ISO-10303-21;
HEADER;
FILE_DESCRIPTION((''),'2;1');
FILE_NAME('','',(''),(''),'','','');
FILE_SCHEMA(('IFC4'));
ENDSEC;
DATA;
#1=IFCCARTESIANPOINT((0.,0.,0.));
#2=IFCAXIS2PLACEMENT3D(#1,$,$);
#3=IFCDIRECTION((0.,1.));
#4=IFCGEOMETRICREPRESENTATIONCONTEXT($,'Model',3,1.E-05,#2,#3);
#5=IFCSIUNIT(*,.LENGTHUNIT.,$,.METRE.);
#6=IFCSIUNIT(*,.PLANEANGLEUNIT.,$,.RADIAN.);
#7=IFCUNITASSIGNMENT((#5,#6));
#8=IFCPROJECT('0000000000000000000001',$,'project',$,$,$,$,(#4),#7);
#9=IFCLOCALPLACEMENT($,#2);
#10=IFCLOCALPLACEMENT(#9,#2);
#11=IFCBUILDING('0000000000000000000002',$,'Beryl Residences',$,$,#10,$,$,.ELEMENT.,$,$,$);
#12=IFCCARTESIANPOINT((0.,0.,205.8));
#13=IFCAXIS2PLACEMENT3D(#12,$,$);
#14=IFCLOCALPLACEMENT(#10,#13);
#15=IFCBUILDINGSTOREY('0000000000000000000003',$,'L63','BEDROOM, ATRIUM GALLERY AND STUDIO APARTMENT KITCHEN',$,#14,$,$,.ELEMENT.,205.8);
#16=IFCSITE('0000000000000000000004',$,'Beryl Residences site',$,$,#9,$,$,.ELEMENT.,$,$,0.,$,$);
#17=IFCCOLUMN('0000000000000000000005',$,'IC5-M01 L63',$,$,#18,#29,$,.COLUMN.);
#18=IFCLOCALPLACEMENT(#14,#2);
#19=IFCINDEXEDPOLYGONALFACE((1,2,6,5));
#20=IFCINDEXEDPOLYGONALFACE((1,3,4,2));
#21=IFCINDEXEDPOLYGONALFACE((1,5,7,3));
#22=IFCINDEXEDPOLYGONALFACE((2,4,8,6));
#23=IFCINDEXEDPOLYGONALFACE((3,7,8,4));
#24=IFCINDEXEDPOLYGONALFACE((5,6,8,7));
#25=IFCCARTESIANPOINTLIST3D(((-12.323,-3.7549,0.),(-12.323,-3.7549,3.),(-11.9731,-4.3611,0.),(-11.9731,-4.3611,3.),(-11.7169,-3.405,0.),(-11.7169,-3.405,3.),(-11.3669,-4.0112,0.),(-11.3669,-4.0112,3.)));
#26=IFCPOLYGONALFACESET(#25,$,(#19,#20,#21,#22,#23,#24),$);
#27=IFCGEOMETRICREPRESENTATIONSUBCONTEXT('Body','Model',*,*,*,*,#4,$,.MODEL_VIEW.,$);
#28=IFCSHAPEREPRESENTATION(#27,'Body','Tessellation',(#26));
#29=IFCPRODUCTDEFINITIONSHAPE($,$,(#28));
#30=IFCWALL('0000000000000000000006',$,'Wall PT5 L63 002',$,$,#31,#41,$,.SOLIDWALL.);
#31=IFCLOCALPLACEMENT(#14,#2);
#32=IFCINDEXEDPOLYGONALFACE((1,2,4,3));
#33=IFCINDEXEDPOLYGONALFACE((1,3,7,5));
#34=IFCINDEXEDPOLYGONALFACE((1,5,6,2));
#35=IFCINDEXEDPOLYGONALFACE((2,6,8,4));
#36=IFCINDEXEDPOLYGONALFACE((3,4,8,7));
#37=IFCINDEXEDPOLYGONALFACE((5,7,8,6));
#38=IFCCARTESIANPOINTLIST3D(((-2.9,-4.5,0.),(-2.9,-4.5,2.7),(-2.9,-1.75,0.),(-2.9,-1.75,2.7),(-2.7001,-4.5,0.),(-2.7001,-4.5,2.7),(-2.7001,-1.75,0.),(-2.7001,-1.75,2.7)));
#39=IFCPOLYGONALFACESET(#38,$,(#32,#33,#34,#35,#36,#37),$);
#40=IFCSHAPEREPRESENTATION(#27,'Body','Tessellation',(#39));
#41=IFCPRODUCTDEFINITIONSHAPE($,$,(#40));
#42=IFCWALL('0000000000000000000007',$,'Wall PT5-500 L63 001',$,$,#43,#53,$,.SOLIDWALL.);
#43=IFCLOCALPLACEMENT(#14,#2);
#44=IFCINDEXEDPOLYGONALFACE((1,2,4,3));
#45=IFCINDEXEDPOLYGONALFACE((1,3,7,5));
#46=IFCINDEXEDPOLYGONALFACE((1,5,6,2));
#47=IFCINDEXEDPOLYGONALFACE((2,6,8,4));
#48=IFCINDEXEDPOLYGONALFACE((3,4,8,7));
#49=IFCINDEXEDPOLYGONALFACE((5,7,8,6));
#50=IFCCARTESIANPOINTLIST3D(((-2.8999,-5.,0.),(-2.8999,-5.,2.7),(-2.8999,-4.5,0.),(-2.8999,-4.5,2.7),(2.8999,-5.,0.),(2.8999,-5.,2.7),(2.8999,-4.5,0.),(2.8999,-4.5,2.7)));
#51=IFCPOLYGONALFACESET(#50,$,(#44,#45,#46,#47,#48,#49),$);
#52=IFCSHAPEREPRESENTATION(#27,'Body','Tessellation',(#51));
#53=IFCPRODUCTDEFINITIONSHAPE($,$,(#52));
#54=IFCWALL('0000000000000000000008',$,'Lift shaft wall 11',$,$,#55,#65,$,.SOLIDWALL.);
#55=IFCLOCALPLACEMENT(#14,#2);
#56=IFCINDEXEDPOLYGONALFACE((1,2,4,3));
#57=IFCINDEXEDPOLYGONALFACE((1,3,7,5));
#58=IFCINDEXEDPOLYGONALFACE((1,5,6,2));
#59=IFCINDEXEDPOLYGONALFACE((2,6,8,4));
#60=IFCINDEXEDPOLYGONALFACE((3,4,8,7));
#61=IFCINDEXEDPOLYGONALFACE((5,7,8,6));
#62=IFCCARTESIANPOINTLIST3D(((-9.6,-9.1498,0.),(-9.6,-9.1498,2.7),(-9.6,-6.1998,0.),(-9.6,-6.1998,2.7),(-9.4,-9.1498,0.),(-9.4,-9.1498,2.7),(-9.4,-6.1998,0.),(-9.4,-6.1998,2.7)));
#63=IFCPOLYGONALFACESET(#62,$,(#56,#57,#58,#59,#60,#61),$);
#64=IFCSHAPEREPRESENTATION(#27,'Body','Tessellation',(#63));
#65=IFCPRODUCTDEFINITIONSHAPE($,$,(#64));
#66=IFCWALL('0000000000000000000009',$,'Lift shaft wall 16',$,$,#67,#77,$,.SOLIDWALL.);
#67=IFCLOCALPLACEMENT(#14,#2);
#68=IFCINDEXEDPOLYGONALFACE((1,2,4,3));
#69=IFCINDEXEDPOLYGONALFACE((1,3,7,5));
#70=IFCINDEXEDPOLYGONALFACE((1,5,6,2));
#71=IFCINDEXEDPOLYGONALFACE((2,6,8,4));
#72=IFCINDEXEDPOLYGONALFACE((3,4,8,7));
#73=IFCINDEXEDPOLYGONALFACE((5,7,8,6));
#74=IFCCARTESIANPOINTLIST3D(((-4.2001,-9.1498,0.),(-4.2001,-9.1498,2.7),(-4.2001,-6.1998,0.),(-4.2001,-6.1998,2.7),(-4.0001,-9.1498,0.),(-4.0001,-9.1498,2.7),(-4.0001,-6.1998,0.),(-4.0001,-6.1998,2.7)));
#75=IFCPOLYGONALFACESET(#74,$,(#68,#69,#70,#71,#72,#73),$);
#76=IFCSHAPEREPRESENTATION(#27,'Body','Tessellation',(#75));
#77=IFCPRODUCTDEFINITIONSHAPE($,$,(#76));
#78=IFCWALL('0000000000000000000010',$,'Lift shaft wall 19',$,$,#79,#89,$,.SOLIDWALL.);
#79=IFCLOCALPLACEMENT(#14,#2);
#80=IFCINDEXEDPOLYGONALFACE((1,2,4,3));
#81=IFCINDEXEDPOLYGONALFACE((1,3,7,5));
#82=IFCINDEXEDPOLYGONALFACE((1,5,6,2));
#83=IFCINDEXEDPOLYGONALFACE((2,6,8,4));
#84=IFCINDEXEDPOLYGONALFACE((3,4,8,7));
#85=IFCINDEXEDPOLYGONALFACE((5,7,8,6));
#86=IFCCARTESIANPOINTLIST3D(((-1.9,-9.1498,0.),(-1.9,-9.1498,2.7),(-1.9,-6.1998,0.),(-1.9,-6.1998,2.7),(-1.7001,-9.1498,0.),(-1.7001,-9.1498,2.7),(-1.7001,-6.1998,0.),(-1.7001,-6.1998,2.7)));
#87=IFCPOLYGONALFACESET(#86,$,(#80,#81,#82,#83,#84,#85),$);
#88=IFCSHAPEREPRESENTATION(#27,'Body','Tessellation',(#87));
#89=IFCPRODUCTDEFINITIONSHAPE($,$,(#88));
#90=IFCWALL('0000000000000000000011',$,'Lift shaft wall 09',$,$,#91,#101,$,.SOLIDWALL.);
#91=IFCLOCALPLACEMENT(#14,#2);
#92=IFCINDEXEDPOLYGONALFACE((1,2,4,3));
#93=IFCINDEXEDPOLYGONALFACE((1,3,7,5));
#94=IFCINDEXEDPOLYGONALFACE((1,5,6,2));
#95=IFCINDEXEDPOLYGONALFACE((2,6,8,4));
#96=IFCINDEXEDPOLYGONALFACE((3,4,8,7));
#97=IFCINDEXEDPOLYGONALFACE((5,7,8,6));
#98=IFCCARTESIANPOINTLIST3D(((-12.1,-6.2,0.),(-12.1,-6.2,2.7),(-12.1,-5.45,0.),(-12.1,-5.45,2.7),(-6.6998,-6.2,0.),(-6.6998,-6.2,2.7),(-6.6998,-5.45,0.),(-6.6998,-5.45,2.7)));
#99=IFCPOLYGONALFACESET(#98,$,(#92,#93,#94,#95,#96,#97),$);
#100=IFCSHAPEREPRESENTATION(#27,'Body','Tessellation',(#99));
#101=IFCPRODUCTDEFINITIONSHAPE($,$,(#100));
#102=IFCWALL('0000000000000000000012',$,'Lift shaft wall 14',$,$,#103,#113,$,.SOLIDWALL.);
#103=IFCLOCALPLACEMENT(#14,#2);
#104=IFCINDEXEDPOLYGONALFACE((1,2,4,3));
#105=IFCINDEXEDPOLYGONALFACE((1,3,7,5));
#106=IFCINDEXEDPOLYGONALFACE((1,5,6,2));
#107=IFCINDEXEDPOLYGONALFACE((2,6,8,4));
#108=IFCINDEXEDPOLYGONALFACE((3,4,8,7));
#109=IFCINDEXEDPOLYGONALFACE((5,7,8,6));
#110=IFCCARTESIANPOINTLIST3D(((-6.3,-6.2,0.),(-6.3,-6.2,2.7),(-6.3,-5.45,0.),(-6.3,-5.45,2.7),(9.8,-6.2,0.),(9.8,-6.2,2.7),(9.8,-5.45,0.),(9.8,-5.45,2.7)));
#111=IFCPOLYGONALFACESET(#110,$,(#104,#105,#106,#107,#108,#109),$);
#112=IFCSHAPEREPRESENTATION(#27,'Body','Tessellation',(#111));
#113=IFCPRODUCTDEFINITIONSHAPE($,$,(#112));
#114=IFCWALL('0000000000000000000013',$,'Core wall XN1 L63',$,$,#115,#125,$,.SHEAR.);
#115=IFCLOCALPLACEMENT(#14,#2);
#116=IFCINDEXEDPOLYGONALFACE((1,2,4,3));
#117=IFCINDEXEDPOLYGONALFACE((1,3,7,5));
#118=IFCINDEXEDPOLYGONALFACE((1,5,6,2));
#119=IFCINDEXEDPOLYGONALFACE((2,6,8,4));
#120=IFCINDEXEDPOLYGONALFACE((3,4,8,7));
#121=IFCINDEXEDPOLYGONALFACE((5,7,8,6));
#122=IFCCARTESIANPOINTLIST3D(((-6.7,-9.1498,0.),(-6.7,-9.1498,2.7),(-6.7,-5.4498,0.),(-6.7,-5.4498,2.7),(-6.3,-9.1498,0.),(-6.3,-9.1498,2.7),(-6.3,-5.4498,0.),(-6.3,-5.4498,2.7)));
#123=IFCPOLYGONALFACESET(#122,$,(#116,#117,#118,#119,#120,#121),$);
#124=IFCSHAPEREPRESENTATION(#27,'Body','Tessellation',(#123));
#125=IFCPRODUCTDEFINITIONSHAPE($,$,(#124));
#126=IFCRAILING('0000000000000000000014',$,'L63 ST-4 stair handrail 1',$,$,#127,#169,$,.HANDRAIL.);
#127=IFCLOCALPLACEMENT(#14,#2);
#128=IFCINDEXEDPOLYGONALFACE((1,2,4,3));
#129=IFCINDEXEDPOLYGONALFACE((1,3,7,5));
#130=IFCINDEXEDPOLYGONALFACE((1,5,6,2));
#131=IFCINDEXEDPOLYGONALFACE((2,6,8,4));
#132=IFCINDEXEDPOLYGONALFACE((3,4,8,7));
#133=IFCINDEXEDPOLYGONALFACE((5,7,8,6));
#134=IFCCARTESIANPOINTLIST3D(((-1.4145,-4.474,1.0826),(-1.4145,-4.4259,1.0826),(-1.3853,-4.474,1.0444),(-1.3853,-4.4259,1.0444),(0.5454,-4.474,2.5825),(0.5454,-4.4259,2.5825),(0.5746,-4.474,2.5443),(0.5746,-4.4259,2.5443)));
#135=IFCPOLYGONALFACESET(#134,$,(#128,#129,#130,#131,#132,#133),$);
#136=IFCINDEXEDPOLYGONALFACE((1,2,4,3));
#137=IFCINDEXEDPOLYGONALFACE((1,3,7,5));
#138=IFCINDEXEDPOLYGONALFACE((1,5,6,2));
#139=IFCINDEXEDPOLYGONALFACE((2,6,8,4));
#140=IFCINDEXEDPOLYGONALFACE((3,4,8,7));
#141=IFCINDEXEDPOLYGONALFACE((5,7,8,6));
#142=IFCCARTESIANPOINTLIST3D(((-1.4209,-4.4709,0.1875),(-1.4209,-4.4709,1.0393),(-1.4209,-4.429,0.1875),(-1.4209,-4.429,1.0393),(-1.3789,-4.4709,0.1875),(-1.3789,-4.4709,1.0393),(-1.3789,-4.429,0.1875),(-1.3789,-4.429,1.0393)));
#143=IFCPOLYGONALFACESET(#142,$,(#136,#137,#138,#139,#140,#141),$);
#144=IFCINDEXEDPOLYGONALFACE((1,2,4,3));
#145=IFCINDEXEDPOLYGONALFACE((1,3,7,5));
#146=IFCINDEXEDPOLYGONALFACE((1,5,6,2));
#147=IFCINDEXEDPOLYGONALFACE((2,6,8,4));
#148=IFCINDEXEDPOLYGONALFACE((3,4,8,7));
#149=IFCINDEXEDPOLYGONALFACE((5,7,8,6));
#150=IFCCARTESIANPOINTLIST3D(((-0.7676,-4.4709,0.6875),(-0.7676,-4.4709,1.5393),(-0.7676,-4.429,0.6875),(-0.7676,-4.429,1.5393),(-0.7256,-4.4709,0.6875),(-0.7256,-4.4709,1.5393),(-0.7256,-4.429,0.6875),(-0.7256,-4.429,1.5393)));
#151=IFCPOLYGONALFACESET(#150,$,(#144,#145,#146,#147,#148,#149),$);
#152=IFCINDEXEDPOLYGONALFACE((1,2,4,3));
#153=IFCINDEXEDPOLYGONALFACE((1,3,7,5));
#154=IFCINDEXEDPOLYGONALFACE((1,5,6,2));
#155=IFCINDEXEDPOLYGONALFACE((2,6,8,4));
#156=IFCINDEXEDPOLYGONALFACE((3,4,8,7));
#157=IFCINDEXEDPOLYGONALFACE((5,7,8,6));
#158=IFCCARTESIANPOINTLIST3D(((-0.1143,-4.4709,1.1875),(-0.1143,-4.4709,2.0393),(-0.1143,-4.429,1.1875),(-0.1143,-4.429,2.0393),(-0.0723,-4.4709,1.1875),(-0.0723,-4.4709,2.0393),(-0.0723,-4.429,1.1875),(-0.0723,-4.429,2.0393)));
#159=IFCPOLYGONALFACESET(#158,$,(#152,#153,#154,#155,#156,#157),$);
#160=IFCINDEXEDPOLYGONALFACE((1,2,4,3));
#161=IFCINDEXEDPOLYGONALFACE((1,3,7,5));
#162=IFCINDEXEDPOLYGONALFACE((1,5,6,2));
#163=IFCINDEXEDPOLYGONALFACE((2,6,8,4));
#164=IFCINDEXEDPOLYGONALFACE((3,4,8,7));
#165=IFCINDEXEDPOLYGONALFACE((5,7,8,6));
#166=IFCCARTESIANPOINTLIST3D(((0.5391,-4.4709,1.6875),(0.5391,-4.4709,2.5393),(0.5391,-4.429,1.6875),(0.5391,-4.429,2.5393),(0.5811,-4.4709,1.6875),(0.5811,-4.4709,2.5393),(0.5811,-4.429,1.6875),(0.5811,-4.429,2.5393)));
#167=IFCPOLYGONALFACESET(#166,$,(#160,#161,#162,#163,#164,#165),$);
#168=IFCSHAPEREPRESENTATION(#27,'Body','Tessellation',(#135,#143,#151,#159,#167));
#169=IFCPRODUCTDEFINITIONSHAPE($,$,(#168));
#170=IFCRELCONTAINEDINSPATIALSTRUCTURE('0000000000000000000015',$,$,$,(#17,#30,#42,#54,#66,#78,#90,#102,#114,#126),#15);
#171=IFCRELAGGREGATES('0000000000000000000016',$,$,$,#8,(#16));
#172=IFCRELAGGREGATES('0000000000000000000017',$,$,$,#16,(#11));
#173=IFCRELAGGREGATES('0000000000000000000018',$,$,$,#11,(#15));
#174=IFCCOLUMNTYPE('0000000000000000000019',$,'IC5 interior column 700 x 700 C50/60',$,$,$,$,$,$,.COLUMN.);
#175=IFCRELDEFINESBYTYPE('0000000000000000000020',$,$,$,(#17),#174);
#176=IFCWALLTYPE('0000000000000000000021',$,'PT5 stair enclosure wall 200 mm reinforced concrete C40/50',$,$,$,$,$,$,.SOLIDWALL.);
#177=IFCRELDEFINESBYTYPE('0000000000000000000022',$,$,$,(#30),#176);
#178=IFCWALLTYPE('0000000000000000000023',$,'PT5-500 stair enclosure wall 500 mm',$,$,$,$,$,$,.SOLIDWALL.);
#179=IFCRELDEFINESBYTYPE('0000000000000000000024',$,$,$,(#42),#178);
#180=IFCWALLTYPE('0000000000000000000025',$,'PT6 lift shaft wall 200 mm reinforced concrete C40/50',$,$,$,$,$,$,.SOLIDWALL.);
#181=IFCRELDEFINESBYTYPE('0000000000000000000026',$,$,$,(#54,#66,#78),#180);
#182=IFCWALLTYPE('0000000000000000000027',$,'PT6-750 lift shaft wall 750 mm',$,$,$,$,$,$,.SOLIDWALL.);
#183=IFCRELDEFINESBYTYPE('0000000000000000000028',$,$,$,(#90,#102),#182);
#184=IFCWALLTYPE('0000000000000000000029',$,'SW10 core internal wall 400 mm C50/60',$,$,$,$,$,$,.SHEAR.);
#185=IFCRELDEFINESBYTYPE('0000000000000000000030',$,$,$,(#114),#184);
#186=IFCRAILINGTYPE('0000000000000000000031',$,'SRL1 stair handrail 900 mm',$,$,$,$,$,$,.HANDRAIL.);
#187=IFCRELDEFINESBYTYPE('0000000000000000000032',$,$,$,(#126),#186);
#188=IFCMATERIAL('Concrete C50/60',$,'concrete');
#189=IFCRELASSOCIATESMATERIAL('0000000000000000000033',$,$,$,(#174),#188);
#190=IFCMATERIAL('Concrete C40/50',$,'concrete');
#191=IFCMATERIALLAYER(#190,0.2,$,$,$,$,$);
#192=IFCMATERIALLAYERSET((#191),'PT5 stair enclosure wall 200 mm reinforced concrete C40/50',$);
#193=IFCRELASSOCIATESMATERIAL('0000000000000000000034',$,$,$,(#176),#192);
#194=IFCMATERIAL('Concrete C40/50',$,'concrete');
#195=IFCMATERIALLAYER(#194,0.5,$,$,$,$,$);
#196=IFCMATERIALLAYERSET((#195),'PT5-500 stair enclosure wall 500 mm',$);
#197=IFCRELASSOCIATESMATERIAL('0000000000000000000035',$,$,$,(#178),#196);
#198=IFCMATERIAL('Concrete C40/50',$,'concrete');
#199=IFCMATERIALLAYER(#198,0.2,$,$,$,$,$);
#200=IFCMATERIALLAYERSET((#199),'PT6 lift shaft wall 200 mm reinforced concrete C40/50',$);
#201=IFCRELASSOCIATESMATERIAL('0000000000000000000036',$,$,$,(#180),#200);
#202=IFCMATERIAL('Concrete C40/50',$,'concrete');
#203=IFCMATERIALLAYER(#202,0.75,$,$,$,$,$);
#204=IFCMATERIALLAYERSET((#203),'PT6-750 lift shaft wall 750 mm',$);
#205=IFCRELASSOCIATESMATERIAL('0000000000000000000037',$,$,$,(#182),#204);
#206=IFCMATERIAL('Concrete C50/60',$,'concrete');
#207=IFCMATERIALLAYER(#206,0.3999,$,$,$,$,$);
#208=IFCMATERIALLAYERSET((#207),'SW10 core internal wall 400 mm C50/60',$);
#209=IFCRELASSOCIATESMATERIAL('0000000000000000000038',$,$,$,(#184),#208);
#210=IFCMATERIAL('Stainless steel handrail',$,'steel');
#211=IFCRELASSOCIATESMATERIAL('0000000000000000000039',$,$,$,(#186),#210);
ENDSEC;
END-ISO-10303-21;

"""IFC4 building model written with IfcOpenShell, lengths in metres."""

from ifc_helpers import new_model, si_unit, direction, frame, frame_2d, origin, origin_2d, place, context, subcontext, project, spatial, rectangle, extrude, material, layer, layer_set, material_profile, profile_set, type_object, element, save


model = new_model("IFC4")

# Units and contexts
model_context = context("Model", 3, precision=1e-05, world=origin(), true_north=direction((0.0, 1.0)))
body_context = subcontext(model_context, "Body", "Model", "MODEL_VIEW")
ifc_project = project(units=[si_unit("LENGTHUNIT", "METRE"), si_unit("PLANEANGLEUNIT", "RADIAN")], contexts=[model_context])

# Site, building, storey
site_placement = place(None, origin())
site = spatial("IfcSite", under=ifc_project, at=site_placement, Name="Beryl Residences site", CompositionType="ELEMENT", RefElevation=0.0)
building_placement = place(site_placement, origin())
building = spatial("IfcBuilding", under=site, at=building_placement, Name="Beryl Residences", CompositionType="ELEMENT")
storey_placement = place(building_placement, frame((0.0, 0.0, 205.8)))
storey = spatial("IfcBuildingStorey", under=building, at=storey_placement, Name="L63", Description="BEDROOM, ATRIUM GALLERY AND STUDIO APARTMENT KITCHEN", CompositionType="ELEMENT", Elevation=205.8)

# Column
ifc_material_1 = material(Name="Concrete C50/60", Category="concrete")
ifc_material_profile = material_profile(ifc_material_1, rectangle(XDim=0.7, YDim=0.7, at=origin_2d()))
ifc_profile_set = profile_set([ifc_material_profile], Name="Concrete C50/60")
column_type = type_object("IfcColumnType", Name="IC5 interior column 700 x 700 C50/60", PredefinedType="COLUMN", material=ifc_profile_set)
column_placement = place(storey_placement, frame((-11.845, -3.8831, 0.0), z_axis=(0.0, 0.0, 1.0), x_axis=(0.499985, -0.866034, 0.0)))
element("IfcColumn", 1, at=column_placement, inside=storey, type_object=column_type, Name="IC5-M01 L63", PredefinedType="COLUMN", context=body_context, shape_type="SweptSolid", body=[
    extrude(rectangle(XDim=0.7, YDim=0.7, at=origin_2d()), origin(), (0.0, 0.0, 1.0), 3.0),
])

# Walls
ifc_material_2 = material(Name="Concrete C40/50", Category="concrete")
ifc_layer_1 = layer(ifc_material_2, 0.2)
ifc_layer_set_1 = layer_set([ifc_layer_1], Name="PT5 stair enclosure wall 200 mm reinforced concrete C40/50")
wall_type_1 = type_object("IfcWallType", Name="PT5 stair enclosure wall 200 mm reinforced concrete C40/50", PredefinedType="SOLIDWALL", material=ifc_layer_set_1)
wall_1_placement = place(storey_placement, frame((-2.8, -4.5, 0.0), z_axis=(0.0, 0.0, 1.0), x_axis=(0.0, 1.0, 0.0)))
element("IfcWall", 2, at=wall_1_placement, inside=storey, type_object=wall_type_1, Name="Wall PT5 L63 002", PredefinedType="SOLIDWALL", context=body_context, shape_type="SweptSolid", body=[
    extrude(rectangle(XDim=2.75, YDim=0.2, at=frame_2d((1.375, 0.0))), origin(), (0.0, 0.0, 1.0), 2.7),
])
ifc_material_3 = material(Name="Concrete C40/50", Category="concrete")
ifc_layer_2 = layer(ifc_material_3, 0.5)
ifc_layer_set_2 = layer_set([ifc_layer_2], Name="PT5-500 stair enclosure wall 500 mm")
wall_type_2 = type_object("IfcWallType", Name="PT5-500 stair enclosure wall 500 mm", PredefinedType="SOLIDWALL", material=ifc_layer_set_2)
wall_2_placement = place(storey_placement, frame((-2.8999, -4.75, 0.0), z_axis=(0.0, 0.0, 1.0), x_axis=(1.0, 0.0, 0.0)))
element("IfcWall", 3, at=wall_2_placement, inside=storey, type_object=wall_type_2, Name="Wall PT5-500 L63 001", PredefinedType="SOLIDWALL", context=body_context, shape_type="SweptSolid", body=[
    extrude(rectangle(XDim=5.7998, YDim=0.5, at=frame_2d((2.8999, 0.0))), origin(), (0.0, 0.0, 1.0), 2.7),
])
ifc_material_4 = material(Name="Concrete C40/50", Category="concrete")
ifc_layer_3 = layer(ifc_material_4, 0.2)
ifc_layer_set_3 = layer_set([ifc_layer_3], Name="PT6 lift shaft wall 200 mm reinforced concrete C40/50")
wall_type_3 = type_object("IfcWallType", Name="PT6 lift shaft wall 200 mm reinforced concrete C40/50", PredefinedType="SOLIDWALL", material=ifc_layer_set_3)
for number, where, z_axis, x_axis, name in (
    (4, (-9.5, -9.1499, 0.0), (0.0, 0.0, 1.0), (0.0, 1.0, 0.0), "Lift shaft wall 11"),
    (5, (-4.1001, -9.1499, 0.0), (0.0, 0.0, 1.0), (0.0, 1.0, 0.0), "Lift shaft wall 16"),
    (6, (-1.8, -9.1499, 0.0), (0.0, 0.0, 1.0), (0.0, 1.0, 0.0), "Lift shaft wall 19"),
):
    element("IfcWall", number, at=place(storey_placement, frame(where, z_axis=z_axis, x_axis=x_axis)), inside=storey, type_object=wall_type_3, Name=name, PredefinedType="SOLIDWALL", context=body_context, shape_type="SweptSolid", body=[
        extrude(rectangle(XDim=2.95, YDim=0.2, at=frame_2d((1.4751, 0.0))), origin(), (0.0, 0.0, 1.0), 2.7),
    ])
ifc_material_5 = material(Name="Concrete C40/50", Category="concrete")
ifc_layer_4 = layer(ifc_material_5, 0.75)
ifc_layer_set_4 = layer_set([ifc_layer_4], Name="PT6-750 lift shaft wall 750 mm")
wall_type_4 = type_object("IfcWallType", Name="PT6-750 lift shaft wall 750 mm", PredefinedType="SOLIDWALL", material=ifc_layer_set_4)
wall_3_placement = place(storey_placement, frame((-12.1001, -5.825, 0.0), z_axis=(0.0, 0.0, 1.0), x_axis=(1.0, 0.0, 0.0)))
element("IfcWall", 7, at=wall_3_placement, inside=storey, type_object=wall_type_4, Name="Lift shaft wall 09", PredefinedType="SOLIDWALL", context=body_context, shape_type="SweptSolid", body=[
    extrude(rectangle(XDim=5.4001, YDim=0.75, at=frame_2d((2.7002, 0.0))), origin(), (0.0, 0.0, 1.0), 2.7),
])
wall_4_placement = place(storey_placement, frame((-6.3, -5.825, 0.0), z_axis=(0.0, 0.0, 1.0), x_axis=(1.0, 0.0, 0.0)))
element("IfcWall", 8, at=wall_4_placement, inside=storey, type_object=wall_type_4, Name="Lift shaft wall 14", PredefinedType="SOLIDWALL", context=body_context, shape_type="SweptSolid", body=[
    extrude(rectangle(XDim=16.1001, YDim=0.75, at=frame_2d((8.05, 0.0))), origin(), (0.0, 0.0, 1.0), 2.7),
])
ifc_material_6 = material(Name="Concrete C50/60", Category="concrete")
ifc_layer_5 = layer(ifc_material_6, 0.3999)
ifc_layer_set_5 = layer_set([ifc_layer_5], Name="SW10 core internal wall 400 mm C50/60")
wall_type_5 = type_object("IfcWallType", Name="SW10 core internal wall 400 mm C50/60", PredefinedType="SHEAR", material=ifc_layer_set_5)
wall_5_placement = place(storey_placement, frame((-6.5, -9.1499, 0.0), z_axis=(0.0, 0.0, 1.0), x_axis=(0.0, 1.0, 0.0)))
element("IfcWall", 9, at=wall_5_placement, inside=storey, type_object=wall_type_5, Name="Core wall XN1 L63", PredefinedType="SHEAR", context=body_context, shape_type="SweptSolid", body=[
    extrude(rectangle(XDim=3.7, YDim=0.3999, at=frame_2d((1.8501, 0.0))), origin(), (0.0, 0.0, 1.0), 2.7),
])

# Railing
ifc_material_7 = material(Name="Stainless steel handrail", Category="steel")
railing_type = type_object("IfcRailingType", Name="SRL1 stair handrail 900 mm", PredefinedType="HANDRAIL", material=ifc_material_7)
railing_placement = place(storey_placement, frame((-1.3999, -4.45, 0.1875)))
element("IfcRailing", 10, at=railing_placement, inside=storey, type_object=railing_type, Name="L63 ST-4 stair handrail 1", PredefinedType="HANDRAIL", context=body_context, shape_type="SweptSolid", body=[
    extrude(rectangle(XDim=0.0481, YDim=0.0481, at=origin_2d()), frame((0.0, 0.0, 0.876), z_axis=(0.794122, 0.0, 0.607758), x_axis=(0.0, 1.0, 0.0)), (0.0, 0.0, 1.0), 2.468),
    extrude(rectangle(XDim=0.042, YDim=0.042, at=origin_2d()), origin(), (0.0, 0.0, 1.0), 0.8518),
    extrude(rectangle(XDim=0.042, YDim=0.042, at=origin_2d()), frame((0.6533, 0.0, 0.5)), (0.0, 0.0, 1.0), 0.8518),
    extrude(rectangle(XDim=0.042, YDim=0.042, at=origin_2d()), frame((1.3066, 0.0, 1.0)), (0.0, 0.0, 1.0), 0.8518),
    extrude(rectangle(XDim=0.042, YDim=0.042, at=origin_2d()), frame((1.96, 0.0, 1.5)), (0.0, 0.0, 1.0), 0.8518),
])

save(model, "model.ifc")
